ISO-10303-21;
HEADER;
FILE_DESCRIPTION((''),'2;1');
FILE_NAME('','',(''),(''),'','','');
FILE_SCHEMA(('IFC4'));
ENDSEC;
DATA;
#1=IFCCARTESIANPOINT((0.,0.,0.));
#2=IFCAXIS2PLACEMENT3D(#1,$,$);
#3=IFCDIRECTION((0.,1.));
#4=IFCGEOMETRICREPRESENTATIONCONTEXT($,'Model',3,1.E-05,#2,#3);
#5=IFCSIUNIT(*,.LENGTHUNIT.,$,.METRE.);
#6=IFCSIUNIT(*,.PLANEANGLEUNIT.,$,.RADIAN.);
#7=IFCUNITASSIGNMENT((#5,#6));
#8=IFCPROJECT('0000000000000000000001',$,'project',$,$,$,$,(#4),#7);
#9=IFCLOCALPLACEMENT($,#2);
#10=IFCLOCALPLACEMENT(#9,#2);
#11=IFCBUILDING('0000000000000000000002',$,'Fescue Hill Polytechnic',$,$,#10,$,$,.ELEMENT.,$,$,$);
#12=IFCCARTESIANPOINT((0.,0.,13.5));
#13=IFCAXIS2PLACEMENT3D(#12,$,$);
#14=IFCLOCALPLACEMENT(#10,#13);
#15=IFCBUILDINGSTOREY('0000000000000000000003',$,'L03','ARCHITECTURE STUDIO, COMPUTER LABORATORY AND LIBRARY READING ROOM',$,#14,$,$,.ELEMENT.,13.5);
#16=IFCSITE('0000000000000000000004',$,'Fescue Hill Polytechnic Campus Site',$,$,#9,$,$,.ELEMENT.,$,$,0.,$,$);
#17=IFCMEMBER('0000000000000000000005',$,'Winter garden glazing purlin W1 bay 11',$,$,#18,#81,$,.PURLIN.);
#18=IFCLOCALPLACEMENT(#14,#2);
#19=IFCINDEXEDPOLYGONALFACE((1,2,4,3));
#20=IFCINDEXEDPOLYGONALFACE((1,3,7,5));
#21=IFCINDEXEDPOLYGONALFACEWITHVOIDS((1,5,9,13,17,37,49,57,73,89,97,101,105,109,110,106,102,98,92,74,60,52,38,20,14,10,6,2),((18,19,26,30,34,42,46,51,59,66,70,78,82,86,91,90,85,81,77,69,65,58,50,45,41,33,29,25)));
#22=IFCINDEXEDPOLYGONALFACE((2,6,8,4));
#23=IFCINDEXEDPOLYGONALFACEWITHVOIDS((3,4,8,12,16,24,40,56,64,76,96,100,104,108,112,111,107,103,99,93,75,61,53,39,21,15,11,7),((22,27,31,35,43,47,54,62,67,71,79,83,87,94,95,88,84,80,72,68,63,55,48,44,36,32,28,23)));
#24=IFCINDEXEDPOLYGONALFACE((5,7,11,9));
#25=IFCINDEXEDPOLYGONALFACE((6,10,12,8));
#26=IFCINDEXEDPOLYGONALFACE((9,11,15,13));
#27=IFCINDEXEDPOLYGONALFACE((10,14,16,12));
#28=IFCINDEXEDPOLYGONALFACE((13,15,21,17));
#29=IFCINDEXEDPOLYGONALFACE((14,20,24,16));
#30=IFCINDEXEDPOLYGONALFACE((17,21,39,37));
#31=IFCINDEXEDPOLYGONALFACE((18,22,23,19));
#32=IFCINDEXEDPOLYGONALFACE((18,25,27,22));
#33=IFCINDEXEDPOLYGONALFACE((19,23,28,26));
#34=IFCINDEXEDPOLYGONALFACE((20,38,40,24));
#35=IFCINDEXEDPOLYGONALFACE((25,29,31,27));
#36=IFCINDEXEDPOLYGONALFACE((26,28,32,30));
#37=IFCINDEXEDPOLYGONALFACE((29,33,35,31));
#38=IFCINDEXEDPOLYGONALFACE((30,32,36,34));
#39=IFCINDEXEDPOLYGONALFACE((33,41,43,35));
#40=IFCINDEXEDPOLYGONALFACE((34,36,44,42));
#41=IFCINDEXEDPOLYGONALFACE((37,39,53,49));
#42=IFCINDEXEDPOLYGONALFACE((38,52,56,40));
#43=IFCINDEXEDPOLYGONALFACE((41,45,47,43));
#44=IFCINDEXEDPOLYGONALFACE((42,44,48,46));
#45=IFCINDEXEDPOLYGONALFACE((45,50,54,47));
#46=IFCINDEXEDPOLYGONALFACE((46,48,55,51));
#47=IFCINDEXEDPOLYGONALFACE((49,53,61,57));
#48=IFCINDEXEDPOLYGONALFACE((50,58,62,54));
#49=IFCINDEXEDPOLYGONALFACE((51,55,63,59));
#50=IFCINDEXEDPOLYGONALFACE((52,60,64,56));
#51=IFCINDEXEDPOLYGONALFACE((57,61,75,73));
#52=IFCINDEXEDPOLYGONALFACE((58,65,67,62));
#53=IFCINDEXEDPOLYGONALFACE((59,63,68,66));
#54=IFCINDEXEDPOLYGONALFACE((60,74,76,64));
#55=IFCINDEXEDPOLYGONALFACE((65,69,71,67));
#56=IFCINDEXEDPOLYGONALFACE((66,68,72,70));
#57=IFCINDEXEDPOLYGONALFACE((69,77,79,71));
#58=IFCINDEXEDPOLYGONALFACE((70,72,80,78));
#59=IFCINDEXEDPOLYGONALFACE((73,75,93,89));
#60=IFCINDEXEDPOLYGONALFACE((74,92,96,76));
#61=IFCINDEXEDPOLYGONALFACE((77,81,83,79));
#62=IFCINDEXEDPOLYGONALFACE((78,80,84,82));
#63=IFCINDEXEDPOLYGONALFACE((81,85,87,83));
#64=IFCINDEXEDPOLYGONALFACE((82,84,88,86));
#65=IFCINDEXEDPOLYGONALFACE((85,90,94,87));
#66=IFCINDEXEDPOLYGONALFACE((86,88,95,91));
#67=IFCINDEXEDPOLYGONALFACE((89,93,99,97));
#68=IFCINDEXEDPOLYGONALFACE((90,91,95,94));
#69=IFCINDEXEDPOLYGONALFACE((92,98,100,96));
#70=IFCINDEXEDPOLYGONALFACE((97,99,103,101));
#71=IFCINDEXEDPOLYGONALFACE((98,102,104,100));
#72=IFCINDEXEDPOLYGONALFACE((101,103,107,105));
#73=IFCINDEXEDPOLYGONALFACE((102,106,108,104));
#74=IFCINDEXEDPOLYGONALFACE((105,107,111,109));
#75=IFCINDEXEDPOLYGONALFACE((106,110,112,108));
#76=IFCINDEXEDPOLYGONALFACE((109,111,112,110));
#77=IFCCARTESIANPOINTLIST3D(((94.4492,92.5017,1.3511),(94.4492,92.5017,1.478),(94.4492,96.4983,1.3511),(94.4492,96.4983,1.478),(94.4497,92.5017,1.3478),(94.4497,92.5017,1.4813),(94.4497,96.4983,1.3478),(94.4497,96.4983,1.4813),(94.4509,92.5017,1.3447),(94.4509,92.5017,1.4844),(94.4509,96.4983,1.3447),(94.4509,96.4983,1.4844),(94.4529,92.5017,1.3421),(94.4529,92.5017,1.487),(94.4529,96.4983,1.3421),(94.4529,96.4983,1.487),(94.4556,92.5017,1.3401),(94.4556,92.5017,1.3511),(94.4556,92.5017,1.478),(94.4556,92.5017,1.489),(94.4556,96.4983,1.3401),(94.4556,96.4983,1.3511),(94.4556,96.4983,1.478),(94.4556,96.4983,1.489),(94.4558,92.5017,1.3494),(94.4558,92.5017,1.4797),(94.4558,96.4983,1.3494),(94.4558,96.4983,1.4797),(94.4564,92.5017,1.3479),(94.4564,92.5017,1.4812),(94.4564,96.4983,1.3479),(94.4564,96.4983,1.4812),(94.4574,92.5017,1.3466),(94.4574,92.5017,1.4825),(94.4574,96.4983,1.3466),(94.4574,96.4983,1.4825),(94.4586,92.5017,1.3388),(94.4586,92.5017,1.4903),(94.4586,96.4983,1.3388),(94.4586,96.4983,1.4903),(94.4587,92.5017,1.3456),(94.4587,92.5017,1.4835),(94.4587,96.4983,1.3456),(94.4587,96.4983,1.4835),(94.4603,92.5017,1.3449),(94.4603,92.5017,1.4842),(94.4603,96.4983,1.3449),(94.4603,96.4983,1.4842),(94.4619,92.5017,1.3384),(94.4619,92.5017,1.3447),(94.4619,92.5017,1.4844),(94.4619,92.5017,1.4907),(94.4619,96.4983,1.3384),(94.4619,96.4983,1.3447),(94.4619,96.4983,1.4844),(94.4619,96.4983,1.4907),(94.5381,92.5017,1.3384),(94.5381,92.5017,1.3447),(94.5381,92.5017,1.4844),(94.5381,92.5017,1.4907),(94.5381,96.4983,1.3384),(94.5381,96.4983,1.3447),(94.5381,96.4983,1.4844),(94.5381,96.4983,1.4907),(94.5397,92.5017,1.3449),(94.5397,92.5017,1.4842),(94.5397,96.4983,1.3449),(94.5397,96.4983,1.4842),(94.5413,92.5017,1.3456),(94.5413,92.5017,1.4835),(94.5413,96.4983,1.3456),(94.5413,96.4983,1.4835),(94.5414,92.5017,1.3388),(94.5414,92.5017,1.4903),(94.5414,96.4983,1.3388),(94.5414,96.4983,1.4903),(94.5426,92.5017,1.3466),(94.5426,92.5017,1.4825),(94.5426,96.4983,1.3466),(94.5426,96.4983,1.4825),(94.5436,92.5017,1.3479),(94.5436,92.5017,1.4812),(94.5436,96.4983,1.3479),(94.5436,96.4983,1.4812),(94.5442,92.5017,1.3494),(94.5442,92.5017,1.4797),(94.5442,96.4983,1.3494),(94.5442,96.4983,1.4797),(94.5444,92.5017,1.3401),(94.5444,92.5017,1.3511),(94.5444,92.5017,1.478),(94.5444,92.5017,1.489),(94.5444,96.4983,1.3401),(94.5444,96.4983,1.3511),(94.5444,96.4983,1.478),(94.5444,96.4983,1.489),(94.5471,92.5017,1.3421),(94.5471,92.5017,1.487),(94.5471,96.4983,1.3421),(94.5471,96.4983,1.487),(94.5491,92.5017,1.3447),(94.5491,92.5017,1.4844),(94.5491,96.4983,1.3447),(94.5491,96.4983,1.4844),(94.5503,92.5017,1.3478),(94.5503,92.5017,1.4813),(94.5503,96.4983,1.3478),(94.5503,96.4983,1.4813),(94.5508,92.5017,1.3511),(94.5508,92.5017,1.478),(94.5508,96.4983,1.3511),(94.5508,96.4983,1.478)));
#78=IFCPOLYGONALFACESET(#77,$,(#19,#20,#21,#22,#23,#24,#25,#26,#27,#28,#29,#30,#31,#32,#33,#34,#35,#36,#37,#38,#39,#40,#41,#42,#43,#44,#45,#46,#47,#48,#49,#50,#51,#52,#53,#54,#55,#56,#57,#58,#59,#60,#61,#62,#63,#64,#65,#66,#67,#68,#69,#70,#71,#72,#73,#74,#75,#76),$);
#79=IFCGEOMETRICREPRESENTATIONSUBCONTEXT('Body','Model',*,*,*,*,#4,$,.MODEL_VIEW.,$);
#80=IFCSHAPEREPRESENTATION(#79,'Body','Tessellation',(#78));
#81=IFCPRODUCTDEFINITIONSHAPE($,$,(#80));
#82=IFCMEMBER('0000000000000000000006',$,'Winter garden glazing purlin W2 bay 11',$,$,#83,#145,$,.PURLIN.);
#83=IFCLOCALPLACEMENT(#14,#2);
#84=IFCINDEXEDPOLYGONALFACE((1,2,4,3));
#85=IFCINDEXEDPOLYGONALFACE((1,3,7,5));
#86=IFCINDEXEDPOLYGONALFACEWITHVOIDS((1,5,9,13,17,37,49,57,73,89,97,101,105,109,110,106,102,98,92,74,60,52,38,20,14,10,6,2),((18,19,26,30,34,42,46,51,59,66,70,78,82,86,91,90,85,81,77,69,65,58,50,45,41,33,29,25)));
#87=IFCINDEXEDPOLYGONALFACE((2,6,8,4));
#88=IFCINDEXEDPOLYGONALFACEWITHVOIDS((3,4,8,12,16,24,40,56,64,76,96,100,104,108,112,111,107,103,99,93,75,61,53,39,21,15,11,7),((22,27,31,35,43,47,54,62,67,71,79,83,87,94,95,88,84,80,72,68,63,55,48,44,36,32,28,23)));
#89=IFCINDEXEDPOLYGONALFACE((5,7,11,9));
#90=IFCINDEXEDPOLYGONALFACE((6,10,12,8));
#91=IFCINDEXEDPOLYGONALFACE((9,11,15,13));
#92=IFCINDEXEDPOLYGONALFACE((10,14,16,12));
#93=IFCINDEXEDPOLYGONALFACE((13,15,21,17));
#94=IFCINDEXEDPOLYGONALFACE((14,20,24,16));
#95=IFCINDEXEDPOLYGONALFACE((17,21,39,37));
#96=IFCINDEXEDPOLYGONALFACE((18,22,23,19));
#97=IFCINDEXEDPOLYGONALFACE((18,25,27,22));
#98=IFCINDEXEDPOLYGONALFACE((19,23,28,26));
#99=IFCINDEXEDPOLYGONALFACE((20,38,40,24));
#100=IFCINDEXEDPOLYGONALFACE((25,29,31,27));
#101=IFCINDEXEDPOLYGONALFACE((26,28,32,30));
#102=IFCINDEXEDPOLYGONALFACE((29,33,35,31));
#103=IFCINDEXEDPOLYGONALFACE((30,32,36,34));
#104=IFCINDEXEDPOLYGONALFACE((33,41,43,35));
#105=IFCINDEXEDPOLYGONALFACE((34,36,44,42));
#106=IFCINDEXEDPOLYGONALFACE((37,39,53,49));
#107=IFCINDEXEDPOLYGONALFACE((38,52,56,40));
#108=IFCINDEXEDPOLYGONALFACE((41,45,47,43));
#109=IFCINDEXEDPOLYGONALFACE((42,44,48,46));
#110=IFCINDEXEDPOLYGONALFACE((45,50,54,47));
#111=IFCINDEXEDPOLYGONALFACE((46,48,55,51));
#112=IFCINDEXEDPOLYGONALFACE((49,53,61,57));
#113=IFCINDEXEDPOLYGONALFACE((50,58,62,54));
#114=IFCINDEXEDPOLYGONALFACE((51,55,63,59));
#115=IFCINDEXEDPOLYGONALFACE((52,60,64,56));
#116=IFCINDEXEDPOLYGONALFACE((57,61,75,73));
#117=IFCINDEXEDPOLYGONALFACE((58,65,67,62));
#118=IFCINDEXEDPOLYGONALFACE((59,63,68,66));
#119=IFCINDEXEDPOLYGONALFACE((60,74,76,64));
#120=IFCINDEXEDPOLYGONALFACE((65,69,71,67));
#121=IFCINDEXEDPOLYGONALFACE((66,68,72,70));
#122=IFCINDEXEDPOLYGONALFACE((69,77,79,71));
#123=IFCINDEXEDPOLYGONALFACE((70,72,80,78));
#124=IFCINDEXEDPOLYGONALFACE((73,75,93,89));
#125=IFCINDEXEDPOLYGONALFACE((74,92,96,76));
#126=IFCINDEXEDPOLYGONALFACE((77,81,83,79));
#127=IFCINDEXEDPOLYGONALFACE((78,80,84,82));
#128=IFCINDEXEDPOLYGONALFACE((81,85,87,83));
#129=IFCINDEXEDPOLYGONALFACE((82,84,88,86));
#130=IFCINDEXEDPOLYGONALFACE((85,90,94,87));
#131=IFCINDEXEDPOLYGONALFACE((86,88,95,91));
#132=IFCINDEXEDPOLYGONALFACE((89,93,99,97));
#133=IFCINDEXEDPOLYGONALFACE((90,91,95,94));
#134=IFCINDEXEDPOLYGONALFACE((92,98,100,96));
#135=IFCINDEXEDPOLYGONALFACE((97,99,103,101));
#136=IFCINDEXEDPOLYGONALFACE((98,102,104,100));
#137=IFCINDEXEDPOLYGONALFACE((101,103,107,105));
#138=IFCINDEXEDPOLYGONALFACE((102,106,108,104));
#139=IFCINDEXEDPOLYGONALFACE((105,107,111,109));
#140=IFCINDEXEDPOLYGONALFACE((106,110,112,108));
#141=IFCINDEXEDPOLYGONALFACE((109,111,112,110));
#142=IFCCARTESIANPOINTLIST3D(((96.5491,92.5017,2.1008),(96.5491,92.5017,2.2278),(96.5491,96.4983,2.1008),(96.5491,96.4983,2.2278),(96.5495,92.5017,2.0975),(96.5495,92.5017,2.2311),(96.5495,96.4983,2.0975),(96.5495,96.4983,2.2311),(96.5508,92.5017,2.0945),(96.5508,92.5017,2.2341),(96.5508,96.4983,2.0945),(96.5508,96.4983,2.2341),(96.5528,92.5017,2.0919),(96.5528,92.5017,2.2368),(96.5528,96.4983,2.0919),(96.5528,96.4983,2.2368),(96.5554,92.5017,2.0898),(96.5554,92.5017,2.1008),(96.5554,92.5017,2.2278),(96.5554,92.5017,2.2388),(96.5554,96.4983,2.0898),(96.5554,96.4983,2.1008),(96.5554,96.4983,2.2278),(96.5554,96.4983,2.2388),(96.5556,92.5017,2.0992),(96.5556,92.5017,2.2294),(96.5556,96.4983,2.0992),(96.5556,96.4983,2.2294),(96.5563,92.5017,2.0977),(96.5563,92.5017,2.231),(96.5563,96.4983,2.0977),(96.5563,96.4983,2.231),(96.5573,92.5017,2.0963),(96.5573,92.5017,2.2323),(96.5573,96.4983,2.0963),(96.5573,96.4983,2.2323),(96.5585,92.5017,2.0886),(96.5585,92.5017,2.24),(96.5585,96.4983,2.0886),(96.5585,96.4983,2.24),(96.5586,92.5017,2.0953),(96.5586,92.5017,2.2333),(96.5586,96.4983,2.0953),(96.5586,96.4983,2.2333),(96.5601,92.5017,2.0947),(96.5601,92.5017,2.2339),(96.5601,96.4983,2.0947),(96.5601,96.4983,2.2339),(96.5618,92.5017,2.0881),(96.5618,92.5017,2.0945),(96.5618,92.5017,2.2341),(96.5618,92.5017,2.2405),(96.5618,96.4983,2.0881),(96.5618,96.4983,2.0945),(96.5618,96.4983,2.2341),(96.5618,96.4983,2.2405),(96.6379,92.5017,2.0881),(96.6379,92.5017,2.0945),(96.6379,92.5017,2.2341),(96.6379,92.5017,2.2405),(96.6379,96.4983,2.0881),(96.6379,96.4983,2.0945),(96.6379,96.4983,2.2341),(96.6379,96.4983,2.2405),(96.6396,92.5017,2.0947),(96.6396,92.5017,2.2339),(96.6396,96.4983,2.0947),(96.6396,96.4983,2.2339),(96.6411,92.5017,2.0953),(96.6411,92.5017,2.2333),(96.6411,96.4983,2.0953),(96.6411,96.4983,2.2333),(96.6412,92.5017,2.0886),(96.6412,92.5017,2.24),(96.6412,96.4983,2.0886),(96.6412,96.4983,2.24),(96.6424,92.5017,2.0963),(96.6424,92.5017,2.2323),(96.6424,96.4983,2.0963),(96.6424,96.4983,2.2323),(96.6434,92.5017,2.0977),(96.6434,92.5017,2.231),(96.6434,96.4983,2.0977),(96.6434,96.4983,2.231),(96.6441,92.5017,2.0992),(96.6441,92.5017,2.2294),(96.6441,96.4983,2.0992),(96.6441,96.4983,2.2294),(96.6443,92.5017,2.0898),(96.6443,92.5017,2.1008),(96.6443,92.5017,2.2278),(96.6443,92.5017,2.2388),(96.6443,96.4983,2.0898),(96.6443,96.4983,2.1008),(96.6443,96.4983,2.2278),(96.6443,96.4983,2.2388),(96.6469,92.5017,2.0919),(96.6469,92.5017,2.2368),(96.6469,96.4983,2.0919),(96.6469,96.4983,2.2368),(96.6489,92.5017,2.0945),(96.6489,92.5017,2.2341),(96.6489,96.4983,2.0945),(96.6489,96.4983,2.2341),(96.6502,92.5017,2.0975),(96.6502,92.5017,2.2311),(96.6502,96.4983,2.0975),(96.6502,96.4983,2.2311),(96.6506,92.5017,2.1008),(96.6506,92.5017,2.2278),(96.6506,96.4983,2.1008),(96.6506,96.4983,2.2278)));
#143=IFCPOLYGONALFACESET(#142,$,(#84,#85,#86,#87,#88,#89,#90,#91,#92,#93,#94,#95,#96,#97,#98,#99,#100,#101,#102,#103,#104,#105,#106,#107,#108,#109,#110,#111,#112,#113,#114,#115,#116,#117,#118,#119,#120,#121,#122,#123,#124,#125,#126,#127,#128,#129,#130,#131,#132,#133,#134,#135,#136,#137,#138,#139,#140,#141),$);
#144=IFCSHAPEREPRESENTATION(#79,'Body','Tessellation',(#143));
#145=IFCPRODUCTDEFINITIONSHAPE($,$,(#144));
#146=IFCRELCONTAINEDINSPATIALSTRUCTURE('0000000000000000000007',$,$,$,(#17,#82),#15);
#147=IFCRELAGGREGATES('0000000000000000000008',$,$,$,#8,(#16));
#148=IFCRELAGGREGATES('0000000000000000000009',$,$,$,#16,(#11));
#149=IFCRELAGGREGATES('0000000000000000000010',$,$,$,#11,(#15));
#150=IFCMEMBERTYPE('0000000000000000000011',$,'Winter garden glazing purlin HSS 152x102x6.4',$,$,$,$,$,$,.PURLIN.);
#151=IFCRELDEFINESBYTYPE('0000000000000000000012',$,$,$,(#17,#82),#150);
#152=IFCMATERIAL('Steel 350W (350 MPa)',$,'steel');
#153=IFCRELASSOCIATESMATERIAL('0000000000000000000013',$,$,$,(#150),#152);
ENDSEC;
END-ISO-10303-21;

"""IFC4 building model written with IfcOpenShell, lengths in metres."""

from ifc_helpers import new_model, si_unit, direction, frame, origin, origin_2d, place, context, subcontext, project, spatial, hollow_rectangle, extrude, material, material_profile, profile_set, type_object, element, save


model = new_model("IFC4")

# Units and contexts
model_context = context("Model", 3, precision=1e-05, world=origin(), true_north=direction((0.0, 1.0)))
body_context = subcontext(model_context, "Body", "Model", "MODEL_VIEW")
ifc_project = project(units=[si_unit("LENGTHUNIT", "METRE"), si_unit("PLANEANGLEUNIT", "RADIAN")], contexts=[model_context])

# Site, building, storey
site_placement = place(None, origin())
site = spatial("IfcSite", under=ifc_project, at=site_placement, Name="Fescue Hill Polytechnic Campus Site", CompositionType="ELEMENT", RefElevation=0.0)
building_placement = place(site_placement, origin())
building = spatial("IfcBuilding", under=site, at=building_placement, Name="Fescue Hill Polytechnic", CompositionType="ELEMENT")
storey_placement = place(building_placement, frame((0.0, 0.0, 13.5)))
storey = spatial("IfcBuildingStorey", under=building, at=storey_placement, Name="L03", Description="ARCHITECTURE STUDIO, COMPUTER LABORATORY AND LIBRARY READING ROOM", CompositionType="ELEMENT", Elevation=13.5)

# Members
ifc_material_1 = material(Name="Steel 350W (350 MPa)", Category="steel")
ifc_material_profile_1 = material_profile(ifc_material_1, hollow_rectangle(XDim=0.1016, YDim=0.1523, WallThickness=0.0063, InnerFilletRadius=0.0063, OuterFilletRadius=0.0127, at=origin_2d()), Name="Winter garden glazing purlin HSS 152x102x6.4")
ifc_profile_set_1 = profile_set([ifc_material_profile_1], Name="Steel 350W (350 MPa)")
member_type_1 = type_object("IfcMemberType", Name="Winter garden glazing purlin HSS 152x102x6.4", PredefinedType="PURLIN", material=ifc_profile_set_1)
for number, where, z_axis, x_axis, name in (
    (1, (94.5, 92.5017, 1.4146), (0.0, 1.0, 0.0), (-1.0, 0.0, 0.0), "Winter garden glazing purlin W1 bay 11"),
    (2, (96.5999, 92.5017, 2.1643), (0.0, 1.0, 0.0), (-1.0, 0.0, 0.0), "Winter garden glazing purlin W2 bay 11"),
):
    element("IfcMember", number, at=place(storey_placement, frame(where, z_axis=z_axis, x_axis=x_axis)), inside=storey, type_object=member_type_1, Name=name, PredefinedType="PURLIN", context=body_context, shape_type="SweptSolid", body=[
        extrude(hollow_rectangle(XDim=0.1016, YDim=0.1523, WallThickness=0.0063, InnerFilletRadius=0.0063, OuterFilletRadius=0.0127, at=origin_2d()), origin(), (0.0, 0.0, 1.0), 3.9966),
    ])

save(model, "model.ifc")
